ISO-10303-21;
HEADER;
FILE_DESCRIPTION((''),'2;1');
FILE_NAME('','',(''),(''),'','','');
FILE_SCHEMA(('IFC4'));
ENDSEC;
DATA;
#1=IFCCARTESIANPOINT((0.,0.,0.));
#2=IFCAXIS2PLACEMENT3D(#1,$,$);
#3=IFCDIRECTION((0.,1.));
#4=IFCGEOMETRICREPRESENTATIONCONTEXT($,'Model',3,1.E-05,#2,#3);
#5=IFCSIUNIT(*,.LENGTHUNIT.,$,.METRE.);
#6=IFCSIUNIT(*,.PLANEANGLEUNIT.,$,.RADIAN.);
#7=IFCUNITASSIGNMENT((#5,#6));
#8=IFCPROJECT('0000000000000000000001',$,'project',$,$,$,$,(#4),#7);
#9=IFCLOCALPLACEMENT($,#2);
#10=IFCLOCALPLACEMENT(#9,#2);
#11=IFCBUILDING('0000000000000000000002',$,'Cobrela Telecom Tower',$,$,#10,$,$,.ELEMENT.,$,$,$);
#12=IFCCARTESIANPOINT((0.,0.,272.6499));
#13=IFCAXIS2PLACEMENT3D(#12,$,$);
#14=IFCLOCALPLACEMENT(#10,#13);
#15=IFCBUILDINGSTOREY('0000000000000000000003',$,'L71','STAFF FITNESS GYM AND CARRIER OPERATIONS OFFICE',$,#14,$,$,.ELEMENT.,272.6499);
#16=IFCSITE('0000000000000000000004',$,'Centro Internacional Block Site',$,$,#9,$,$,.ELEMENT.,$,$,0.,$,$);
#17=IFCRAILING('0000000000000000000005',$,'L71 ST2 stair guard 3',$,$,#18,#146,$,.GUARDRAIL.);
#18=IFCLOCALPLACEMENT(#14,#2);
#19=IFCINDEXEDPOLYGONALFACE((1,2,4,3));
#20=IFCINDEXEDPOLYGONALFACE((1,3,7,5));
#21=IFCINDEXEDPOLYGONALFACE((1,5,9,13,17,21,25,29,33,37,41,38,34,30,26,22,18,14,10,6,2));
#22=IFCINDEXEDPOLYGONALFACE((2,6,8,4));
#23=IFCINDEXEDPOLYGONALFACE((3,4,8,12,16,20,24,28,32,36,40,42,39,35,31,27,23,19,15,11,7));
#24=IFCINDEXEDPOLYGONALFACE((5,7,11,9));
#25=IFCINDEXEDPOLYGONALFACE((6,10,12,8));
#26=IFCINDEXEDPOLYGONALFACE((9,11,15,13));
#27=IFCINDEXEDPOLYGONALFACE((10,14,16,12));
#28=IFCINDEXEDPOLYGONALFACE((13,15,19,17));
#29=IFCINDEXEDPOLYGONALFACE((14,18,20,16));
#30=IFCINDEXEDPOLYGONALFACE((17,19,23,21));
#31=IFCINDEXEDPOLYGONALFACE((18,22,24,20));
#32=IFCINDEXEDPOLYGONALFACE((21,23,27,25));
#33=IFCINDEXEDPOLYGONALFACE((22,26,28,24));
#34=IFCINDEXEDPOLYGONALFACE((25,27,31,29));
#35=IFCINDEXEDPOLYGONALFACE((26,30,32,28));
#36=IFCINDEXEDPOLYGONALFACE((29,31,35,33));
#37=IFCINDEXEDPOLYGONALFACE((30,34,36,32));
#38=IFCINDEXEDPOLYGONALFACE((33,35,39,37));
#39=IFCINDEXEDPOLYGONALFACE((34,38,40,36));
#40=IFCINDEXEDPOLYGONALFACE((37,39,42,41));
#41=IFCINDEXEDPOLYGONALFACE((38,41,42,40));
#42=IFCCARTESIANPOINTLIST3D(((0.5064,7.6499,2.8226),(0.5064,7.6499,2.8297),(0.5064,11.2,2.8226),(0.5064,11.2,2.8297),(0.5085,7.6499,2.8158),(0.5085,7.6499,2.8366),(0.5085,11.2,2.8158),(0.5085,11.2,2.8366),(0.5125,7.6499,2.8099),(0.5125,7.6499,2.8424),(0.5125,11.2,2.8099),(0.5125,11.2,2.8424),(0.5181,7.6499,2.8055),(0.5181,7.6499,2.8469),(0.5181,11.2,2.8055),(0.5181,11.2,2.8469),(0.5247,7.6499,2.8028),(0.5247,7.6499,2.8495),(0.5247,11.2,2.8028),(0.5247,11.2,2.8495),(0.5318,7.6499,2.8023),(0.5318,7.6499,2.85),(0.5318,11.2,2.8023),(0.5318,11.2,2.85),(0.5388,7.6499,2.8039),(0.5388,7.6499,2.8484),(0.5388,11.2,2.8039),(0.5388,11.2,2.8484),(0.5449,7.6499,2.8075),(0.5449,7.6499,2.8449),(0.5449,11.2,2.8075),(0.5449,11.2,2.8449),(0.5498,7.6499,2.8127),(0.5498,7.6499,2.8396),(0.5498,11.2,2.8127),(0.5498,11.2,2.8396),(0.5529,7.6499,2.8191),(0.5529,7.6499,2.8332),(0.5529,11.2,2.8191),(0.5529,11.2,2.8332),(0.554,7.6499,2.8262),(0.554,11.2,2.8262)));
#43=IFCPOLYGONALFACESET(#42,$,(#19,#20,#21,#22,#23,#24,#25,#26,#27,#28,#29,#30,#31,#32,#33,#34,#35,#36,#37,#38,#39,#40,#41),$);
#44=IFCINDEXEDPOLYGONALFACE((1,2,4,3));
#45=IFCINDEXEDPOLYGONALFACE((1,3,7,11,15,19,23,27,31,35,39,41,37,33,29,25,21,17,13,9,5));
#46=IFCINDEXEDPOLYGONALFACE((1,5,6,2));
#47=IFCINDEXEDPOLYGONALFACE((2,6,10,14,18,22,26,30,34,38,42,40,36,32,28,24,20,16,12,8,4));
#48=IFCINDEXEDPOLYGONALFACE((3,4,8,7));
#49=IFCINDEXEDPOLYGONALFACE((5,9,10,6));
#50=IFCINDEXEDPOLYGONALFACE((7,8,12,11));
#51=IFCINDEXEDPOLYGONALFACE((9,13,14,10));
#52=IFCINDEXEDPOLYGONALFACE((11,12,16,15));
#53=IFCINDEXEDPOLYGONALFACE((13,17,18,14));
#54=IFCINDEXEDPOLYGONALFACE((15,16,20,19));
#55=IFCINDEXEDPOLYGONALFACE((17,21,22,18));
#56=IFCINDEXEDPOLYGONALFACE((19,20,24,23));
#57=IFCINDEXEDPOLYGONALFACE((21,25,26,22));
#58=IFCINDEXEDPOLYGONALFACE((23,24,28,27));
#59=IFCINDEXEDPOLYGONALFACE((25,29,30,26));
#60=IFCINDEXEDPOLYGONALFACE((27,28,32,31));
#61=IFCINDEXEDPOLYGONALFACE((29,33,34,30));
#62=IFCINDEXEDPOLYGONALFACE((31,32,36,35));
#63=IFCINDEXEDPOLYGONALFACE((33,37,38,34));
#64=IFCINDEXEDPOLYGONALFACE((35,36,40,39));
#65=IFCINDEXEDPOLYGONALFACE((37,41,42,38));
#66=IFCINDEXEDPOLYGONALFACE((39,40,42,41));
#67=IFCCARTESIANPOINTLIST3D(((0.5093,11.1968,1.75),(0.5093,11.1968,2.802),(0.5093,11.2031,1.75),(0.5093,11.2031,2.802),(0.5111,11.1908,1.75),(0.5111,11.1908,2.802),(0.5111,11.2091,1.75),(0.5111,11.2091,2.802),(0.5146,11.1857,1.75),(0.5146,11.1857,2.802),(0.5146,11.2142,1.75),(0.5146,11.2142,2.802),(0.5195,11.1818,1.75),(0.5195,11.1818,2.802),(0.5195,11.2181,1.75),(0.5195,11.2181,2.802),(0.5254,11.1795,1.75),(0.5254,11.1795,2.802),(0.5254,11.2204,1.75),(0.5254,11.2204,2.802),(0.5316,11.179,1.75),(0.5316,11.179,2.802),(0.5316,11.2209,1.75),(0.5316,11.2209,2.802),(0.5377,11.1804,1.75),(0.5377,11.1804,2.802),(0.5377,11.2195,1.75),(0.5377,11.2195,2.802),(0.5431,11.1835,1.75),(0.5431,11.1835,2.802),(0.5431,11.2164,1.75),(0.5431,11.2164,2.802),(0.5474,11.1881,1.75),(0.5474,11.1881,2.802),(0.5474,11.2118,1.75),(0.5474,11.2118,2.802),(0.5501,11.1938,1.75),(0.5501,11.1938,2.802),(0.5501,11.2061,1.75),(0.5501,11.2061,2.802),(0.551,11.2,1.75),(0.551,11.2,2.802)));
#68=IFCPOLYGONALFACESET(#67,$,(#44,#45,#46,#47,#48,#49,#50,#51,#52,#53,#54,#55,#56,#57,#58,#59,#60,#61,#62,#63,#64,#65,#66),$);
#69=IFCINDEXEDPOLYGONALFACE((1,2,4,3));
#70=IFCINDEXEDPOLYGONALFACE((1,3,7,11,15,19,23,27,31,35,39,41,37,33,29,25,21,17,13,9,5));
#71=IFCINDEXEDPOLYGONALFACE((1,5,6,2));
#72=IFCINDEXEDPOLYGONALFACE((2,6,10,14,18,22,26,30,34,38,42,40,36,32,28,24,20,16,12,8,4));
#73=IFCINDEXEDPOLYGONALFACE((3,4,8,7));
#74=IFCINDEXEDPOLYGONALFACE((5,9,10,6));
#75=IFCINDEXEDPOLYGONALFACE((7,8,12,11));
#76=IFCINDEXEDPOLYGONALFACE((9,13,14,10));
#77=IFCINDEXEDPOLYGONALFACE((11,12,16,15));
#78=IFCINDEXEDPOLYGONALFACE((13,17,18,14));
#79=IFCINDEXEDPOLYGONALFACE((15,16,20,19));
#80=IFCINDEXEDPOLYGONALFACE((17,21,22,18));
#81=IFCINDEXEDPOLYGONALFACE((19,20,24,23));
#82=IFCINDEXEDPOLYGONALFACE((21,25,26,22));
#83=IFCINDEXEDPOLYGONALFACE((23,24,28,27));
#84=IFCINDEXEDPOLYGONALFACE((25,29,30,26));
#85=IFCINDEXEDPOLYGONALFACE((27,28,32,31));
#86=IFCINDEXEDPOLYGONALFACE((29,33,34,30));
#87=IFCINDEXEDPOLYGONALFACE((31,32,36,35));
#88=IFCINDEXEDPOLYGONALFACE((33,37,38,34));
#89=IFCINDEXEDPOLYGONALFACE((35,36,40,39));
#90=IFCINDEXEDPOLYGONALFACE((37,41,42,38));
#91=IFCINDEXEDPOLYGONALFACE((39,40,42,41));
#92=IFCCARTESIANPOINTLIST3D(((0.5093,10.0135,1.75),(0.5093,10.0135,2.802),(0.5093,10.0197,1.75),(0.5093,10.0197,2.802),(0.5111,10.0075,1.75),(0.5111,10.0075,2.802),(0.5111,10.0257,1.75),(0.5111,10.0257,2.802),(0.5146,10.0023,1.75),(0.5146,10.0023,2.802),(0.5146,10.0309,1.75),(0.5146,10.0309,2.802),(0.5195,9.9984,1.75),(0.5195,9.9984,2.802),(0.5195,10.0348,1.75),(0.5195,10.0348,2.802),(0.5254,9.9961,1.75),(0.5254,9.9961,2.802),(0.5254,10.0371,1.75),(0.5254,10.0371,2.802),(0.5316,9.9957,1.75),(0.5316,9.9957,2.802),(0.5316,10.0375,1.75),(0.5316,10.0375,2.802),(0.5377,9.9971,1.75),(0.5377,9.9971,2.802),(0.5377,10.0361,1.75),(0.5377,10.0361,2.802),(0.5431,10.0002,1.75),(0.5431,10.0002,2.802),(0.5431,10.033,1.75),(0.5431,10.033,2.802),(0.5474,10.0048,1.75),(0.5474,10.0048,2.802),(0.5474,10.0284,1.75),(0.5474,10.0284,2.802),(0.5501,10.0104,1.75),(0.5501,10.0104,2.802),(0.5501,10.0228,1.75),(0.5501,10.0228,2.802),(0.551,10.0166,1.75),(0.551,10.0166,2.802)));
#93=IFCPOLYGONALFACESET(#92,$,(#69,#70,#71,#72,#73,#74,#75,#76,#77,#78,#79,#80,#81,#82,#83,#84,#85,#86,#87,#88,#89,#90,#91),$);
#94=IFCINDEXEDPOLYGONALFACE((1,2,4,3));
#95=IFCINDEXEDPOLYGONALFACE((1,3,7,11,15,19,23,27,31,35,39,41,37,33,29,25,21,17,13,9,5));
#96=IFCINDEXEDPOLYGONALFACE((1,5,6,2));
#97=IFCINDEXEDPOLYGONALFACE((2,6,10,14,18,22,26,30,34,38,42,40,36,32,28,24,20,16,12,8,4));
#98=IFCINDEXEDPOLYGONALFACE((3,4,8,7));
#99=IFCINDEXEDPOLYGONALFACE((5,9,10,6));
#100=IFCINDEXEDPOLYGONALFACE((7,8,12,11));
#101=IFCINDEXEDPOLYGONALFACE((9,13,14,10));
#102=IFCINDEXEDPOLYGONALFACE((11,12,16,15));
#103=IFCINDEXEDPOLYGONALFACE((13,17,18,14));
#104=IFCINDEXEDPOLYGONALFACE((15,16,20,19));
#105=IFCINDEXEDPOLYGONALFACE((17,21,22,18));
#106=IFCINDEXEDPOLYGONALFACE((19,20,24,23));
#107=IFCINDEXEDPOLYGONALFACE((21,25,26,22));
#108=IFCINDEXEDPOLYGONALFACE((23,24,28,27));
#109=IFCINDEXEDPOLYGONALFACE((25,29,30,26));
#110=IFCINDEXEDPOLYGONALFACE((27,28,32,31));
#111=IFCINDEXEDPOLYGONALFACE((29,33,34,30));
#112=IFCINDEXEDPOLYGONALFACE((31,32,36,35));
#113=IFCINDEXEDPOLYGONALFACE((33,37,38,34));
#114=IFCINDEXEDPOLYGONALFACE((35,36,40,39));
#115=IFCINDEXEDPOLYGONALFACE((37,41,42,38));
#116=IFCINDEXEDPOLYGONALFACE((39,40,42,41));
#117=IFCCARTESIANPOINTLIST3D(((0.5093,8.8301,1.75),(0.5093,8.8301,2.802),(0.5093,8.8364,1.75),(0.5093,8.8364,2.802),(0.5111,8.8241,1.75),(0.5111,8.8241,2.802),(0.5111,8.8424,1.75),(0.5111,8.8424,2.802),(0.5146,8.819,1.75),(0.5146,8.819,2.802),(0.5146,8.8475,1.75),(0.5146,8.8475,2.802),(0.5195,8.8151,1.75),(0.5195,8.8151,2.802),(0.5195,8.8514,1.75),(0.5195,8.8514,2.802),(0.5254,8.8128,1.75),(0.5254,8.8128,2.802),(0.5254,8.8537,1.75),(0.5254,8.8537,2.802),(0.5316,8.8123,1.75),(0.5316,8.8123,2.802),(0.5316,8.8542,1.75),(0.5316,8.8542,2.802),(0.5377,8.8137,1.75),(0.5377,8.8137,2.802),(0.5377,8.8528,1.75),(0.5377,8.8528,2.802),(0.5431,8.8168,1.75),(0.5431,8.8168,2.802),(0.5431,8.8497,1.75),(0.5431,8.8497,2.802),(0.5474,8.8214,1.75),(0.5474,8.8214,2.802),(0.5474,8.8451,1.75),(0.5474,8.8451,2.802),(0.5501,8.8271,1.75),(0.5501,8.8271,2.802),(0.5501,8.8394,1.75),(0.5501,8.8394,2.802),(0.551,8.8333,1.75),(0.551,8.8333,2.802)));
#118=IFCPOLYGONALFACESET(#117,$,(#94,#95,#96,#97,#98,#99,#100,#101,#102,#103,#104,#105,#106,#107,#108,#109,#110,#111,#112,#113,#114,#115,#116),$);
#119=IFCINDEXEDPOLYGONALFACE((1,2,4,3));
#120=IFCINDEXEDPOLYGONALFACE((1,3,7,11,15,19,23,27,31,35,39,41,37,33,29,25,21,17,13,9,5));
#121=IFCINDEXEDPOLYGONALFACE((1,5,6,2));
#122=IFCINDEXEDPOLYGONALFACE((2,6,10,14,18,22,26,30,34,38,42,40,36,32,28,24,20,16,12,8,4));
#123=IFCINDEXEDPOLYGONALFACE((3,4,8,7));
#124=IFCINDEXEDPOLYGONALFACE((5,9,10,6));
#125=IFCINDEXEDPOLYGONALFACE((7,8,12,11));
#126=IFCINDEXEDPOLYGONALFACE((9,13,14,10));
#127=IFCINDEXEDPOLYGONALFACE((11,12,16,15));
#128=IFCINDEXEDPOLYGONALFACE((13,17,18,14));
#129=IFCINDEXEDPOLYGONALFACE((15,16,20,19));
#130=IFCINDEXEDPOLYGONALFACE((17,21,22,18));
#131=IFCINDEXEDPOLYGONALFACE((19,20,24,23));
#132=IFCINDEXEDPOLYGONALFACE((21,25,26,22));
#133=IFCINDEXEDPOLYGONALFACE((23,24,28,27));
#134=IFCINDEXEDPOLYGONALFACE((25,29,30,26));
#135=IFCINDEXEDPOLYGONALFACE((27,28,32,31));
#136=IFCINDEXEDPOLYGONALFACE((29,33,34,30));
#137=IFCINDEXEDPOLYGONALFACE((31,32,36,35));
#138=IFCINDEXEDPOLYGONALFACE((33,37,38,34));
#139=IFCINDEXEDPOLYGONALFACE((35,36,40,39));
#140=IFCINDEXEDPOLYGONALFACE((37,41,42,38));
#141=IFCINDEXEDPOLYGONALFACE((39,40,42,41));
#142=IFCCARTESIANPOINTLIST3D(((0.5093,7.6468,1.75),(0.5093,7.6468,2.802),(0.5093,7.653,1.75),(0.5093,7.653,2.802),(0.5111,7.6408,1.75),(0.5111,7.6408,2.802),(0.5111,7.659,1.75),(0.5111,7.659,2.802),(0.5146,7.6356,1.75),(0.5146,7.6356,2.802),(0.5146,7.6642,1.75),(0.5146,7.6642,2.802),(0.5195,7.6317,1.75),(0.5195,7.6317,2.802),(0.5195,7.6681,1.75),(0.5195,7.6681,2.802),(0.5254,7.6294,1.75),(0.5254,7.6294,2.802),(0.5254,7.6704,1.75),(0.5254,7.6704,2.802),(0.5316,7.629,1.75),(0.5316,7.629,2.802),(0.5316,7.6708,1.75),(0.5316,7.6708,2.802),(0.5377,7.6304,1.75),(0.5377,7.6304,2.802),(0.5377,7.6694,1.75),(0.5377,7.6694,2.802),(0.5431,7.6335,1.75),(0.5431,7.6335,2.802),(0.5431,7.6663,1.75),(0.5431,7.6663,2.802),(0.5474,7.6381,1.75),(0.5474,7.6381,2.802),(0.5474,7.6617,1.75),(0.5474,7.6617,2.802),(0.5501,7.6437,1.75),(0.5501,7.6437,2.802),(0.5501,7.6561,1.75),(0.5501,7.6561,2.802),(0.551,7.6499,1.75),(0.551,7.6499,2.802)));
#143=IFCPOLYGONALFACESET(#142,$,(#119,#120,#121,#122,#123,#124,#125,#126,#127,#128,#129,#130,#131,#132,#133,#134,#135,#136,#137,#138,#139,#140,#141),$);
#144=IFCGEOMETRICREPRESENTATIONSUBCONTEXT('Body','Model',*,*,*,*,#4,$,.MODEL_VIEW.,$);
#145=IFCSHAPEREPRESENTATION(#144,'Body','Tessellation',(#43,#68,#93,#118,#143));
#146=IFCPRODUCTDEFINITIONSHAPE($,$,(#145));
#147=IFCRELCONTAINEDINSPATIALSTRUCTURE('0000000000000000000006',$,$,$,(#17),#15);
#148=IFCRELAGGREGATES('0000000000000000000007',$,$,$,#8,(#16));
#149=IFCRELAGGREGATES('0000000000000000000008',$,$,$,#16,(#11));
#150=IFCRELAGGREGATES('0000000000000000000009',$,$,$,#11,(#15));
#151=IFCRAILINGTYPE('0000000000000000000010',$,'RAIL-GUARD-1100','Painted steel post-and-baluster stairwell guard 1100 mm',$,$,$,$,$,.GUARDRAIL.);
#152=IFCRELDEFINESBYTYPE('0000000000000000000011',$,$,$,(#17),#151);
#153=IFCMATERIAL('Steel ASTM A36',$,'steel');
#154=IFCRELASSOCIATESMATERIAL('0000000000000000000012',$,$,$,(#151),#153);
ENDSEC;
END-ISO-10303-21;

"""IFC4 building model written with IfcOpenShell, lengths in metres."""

from ifc_helpers import new_model, si_unit, direction, frame, origin, origin_2d, place, context, subcontext, project, spatial, circle, extrude, material, type_object, element, save


model = new_model("IFC4")

# Units and contexts
model_context = context("Model", 3, precision=1e-05, world=origin(), true_north=direction((0.0, 1.0)))
body_context = subcontext(model_context, "Body", "Model", "MODEL_VIEW")
ifc_project = project(units=[si_unit("LENGTHUNIT", "METRE"), si_unit("PLANEANGLEUNIT", "RADIAN")], contexts=[model_context])

# Site, building, storey
site_placement = place(None, origin())
site = spatial("IfcSite", under=ifc_project, at=site_placement, Name="Centro Internacional Block Site", CompositionType="ELEMENT", RefElevation=0.0)
building_placement = place(site_placement, origin())
building = spatial("IfcBuilding", under=site, at=building_placement, Name="Cobrela Telecom Tower", CompositionType="ELEMENT")
storey_placement = place(building_placement, frame((0.0, 0.0, 272.6499)))
storey = spatial("IfcBuildingStorey", under=building, at=storey_placement, Name="L71", Description="STAFF FITNESS GYM AND CARRIER OPERATIONS OFFICE", CompositionType="ELEMENT", Elevation=272.6499)

# Shared definitions
ifc_material_1 = material(Name="Steel ASTM A36", Category="steel")

# Railing
railing_type = type_object("IfcRailingType", Name="RAIL-GUARD-1100", Description="Painted steel post-and-baluster stairwell guard 1100 mm", PredefinedType="GUARDRAIL", material=ifc_material_1)
railing_1_placement = place(storey_placement, frame((0.53, 11.2, 1.75)))
element("IfcRailing", 1, at=railing_1_placement, inside=storey, type_object=railing_type, Name="L71 ST2 stair guard 3", PredefinedType="GUARDRAIL", context=body_context, shape_type="SweptSolid", body=[
    extrude(circle(Radius=0.0239, at=origin_2d()), frame((0.0, 0.0, 1.0762), z_axis=(0.0, -1.0, 0.0), x_axis=(1.0, 0.0, 0.0)), (0.0, 0.0, 1.0), 3.55),
    extrude(circle(Radius=0.021, at=origin_2d()), origin(), (0.0, 0.0, 1.0), 1.052),
    extrude(circle(Radius=0.021, at=origin_2d()), frame((0.0, -1.1833, 0.0)), (0.0, 0.0, 1.0), 1.052),
    extrude(circle(Radius=0.021, at=origin_2d()), frame((0.0, -2.3667, 0.0)), (0.0, 0.0, 1.0), 1.052),
    extrude(circle(Radius=0.021, at=origin_2d()), frame((0.0, -3.55, 0.0)), (0.0, 0.0, 1.0), 1.052),
])

save(model, "model.ifc")
